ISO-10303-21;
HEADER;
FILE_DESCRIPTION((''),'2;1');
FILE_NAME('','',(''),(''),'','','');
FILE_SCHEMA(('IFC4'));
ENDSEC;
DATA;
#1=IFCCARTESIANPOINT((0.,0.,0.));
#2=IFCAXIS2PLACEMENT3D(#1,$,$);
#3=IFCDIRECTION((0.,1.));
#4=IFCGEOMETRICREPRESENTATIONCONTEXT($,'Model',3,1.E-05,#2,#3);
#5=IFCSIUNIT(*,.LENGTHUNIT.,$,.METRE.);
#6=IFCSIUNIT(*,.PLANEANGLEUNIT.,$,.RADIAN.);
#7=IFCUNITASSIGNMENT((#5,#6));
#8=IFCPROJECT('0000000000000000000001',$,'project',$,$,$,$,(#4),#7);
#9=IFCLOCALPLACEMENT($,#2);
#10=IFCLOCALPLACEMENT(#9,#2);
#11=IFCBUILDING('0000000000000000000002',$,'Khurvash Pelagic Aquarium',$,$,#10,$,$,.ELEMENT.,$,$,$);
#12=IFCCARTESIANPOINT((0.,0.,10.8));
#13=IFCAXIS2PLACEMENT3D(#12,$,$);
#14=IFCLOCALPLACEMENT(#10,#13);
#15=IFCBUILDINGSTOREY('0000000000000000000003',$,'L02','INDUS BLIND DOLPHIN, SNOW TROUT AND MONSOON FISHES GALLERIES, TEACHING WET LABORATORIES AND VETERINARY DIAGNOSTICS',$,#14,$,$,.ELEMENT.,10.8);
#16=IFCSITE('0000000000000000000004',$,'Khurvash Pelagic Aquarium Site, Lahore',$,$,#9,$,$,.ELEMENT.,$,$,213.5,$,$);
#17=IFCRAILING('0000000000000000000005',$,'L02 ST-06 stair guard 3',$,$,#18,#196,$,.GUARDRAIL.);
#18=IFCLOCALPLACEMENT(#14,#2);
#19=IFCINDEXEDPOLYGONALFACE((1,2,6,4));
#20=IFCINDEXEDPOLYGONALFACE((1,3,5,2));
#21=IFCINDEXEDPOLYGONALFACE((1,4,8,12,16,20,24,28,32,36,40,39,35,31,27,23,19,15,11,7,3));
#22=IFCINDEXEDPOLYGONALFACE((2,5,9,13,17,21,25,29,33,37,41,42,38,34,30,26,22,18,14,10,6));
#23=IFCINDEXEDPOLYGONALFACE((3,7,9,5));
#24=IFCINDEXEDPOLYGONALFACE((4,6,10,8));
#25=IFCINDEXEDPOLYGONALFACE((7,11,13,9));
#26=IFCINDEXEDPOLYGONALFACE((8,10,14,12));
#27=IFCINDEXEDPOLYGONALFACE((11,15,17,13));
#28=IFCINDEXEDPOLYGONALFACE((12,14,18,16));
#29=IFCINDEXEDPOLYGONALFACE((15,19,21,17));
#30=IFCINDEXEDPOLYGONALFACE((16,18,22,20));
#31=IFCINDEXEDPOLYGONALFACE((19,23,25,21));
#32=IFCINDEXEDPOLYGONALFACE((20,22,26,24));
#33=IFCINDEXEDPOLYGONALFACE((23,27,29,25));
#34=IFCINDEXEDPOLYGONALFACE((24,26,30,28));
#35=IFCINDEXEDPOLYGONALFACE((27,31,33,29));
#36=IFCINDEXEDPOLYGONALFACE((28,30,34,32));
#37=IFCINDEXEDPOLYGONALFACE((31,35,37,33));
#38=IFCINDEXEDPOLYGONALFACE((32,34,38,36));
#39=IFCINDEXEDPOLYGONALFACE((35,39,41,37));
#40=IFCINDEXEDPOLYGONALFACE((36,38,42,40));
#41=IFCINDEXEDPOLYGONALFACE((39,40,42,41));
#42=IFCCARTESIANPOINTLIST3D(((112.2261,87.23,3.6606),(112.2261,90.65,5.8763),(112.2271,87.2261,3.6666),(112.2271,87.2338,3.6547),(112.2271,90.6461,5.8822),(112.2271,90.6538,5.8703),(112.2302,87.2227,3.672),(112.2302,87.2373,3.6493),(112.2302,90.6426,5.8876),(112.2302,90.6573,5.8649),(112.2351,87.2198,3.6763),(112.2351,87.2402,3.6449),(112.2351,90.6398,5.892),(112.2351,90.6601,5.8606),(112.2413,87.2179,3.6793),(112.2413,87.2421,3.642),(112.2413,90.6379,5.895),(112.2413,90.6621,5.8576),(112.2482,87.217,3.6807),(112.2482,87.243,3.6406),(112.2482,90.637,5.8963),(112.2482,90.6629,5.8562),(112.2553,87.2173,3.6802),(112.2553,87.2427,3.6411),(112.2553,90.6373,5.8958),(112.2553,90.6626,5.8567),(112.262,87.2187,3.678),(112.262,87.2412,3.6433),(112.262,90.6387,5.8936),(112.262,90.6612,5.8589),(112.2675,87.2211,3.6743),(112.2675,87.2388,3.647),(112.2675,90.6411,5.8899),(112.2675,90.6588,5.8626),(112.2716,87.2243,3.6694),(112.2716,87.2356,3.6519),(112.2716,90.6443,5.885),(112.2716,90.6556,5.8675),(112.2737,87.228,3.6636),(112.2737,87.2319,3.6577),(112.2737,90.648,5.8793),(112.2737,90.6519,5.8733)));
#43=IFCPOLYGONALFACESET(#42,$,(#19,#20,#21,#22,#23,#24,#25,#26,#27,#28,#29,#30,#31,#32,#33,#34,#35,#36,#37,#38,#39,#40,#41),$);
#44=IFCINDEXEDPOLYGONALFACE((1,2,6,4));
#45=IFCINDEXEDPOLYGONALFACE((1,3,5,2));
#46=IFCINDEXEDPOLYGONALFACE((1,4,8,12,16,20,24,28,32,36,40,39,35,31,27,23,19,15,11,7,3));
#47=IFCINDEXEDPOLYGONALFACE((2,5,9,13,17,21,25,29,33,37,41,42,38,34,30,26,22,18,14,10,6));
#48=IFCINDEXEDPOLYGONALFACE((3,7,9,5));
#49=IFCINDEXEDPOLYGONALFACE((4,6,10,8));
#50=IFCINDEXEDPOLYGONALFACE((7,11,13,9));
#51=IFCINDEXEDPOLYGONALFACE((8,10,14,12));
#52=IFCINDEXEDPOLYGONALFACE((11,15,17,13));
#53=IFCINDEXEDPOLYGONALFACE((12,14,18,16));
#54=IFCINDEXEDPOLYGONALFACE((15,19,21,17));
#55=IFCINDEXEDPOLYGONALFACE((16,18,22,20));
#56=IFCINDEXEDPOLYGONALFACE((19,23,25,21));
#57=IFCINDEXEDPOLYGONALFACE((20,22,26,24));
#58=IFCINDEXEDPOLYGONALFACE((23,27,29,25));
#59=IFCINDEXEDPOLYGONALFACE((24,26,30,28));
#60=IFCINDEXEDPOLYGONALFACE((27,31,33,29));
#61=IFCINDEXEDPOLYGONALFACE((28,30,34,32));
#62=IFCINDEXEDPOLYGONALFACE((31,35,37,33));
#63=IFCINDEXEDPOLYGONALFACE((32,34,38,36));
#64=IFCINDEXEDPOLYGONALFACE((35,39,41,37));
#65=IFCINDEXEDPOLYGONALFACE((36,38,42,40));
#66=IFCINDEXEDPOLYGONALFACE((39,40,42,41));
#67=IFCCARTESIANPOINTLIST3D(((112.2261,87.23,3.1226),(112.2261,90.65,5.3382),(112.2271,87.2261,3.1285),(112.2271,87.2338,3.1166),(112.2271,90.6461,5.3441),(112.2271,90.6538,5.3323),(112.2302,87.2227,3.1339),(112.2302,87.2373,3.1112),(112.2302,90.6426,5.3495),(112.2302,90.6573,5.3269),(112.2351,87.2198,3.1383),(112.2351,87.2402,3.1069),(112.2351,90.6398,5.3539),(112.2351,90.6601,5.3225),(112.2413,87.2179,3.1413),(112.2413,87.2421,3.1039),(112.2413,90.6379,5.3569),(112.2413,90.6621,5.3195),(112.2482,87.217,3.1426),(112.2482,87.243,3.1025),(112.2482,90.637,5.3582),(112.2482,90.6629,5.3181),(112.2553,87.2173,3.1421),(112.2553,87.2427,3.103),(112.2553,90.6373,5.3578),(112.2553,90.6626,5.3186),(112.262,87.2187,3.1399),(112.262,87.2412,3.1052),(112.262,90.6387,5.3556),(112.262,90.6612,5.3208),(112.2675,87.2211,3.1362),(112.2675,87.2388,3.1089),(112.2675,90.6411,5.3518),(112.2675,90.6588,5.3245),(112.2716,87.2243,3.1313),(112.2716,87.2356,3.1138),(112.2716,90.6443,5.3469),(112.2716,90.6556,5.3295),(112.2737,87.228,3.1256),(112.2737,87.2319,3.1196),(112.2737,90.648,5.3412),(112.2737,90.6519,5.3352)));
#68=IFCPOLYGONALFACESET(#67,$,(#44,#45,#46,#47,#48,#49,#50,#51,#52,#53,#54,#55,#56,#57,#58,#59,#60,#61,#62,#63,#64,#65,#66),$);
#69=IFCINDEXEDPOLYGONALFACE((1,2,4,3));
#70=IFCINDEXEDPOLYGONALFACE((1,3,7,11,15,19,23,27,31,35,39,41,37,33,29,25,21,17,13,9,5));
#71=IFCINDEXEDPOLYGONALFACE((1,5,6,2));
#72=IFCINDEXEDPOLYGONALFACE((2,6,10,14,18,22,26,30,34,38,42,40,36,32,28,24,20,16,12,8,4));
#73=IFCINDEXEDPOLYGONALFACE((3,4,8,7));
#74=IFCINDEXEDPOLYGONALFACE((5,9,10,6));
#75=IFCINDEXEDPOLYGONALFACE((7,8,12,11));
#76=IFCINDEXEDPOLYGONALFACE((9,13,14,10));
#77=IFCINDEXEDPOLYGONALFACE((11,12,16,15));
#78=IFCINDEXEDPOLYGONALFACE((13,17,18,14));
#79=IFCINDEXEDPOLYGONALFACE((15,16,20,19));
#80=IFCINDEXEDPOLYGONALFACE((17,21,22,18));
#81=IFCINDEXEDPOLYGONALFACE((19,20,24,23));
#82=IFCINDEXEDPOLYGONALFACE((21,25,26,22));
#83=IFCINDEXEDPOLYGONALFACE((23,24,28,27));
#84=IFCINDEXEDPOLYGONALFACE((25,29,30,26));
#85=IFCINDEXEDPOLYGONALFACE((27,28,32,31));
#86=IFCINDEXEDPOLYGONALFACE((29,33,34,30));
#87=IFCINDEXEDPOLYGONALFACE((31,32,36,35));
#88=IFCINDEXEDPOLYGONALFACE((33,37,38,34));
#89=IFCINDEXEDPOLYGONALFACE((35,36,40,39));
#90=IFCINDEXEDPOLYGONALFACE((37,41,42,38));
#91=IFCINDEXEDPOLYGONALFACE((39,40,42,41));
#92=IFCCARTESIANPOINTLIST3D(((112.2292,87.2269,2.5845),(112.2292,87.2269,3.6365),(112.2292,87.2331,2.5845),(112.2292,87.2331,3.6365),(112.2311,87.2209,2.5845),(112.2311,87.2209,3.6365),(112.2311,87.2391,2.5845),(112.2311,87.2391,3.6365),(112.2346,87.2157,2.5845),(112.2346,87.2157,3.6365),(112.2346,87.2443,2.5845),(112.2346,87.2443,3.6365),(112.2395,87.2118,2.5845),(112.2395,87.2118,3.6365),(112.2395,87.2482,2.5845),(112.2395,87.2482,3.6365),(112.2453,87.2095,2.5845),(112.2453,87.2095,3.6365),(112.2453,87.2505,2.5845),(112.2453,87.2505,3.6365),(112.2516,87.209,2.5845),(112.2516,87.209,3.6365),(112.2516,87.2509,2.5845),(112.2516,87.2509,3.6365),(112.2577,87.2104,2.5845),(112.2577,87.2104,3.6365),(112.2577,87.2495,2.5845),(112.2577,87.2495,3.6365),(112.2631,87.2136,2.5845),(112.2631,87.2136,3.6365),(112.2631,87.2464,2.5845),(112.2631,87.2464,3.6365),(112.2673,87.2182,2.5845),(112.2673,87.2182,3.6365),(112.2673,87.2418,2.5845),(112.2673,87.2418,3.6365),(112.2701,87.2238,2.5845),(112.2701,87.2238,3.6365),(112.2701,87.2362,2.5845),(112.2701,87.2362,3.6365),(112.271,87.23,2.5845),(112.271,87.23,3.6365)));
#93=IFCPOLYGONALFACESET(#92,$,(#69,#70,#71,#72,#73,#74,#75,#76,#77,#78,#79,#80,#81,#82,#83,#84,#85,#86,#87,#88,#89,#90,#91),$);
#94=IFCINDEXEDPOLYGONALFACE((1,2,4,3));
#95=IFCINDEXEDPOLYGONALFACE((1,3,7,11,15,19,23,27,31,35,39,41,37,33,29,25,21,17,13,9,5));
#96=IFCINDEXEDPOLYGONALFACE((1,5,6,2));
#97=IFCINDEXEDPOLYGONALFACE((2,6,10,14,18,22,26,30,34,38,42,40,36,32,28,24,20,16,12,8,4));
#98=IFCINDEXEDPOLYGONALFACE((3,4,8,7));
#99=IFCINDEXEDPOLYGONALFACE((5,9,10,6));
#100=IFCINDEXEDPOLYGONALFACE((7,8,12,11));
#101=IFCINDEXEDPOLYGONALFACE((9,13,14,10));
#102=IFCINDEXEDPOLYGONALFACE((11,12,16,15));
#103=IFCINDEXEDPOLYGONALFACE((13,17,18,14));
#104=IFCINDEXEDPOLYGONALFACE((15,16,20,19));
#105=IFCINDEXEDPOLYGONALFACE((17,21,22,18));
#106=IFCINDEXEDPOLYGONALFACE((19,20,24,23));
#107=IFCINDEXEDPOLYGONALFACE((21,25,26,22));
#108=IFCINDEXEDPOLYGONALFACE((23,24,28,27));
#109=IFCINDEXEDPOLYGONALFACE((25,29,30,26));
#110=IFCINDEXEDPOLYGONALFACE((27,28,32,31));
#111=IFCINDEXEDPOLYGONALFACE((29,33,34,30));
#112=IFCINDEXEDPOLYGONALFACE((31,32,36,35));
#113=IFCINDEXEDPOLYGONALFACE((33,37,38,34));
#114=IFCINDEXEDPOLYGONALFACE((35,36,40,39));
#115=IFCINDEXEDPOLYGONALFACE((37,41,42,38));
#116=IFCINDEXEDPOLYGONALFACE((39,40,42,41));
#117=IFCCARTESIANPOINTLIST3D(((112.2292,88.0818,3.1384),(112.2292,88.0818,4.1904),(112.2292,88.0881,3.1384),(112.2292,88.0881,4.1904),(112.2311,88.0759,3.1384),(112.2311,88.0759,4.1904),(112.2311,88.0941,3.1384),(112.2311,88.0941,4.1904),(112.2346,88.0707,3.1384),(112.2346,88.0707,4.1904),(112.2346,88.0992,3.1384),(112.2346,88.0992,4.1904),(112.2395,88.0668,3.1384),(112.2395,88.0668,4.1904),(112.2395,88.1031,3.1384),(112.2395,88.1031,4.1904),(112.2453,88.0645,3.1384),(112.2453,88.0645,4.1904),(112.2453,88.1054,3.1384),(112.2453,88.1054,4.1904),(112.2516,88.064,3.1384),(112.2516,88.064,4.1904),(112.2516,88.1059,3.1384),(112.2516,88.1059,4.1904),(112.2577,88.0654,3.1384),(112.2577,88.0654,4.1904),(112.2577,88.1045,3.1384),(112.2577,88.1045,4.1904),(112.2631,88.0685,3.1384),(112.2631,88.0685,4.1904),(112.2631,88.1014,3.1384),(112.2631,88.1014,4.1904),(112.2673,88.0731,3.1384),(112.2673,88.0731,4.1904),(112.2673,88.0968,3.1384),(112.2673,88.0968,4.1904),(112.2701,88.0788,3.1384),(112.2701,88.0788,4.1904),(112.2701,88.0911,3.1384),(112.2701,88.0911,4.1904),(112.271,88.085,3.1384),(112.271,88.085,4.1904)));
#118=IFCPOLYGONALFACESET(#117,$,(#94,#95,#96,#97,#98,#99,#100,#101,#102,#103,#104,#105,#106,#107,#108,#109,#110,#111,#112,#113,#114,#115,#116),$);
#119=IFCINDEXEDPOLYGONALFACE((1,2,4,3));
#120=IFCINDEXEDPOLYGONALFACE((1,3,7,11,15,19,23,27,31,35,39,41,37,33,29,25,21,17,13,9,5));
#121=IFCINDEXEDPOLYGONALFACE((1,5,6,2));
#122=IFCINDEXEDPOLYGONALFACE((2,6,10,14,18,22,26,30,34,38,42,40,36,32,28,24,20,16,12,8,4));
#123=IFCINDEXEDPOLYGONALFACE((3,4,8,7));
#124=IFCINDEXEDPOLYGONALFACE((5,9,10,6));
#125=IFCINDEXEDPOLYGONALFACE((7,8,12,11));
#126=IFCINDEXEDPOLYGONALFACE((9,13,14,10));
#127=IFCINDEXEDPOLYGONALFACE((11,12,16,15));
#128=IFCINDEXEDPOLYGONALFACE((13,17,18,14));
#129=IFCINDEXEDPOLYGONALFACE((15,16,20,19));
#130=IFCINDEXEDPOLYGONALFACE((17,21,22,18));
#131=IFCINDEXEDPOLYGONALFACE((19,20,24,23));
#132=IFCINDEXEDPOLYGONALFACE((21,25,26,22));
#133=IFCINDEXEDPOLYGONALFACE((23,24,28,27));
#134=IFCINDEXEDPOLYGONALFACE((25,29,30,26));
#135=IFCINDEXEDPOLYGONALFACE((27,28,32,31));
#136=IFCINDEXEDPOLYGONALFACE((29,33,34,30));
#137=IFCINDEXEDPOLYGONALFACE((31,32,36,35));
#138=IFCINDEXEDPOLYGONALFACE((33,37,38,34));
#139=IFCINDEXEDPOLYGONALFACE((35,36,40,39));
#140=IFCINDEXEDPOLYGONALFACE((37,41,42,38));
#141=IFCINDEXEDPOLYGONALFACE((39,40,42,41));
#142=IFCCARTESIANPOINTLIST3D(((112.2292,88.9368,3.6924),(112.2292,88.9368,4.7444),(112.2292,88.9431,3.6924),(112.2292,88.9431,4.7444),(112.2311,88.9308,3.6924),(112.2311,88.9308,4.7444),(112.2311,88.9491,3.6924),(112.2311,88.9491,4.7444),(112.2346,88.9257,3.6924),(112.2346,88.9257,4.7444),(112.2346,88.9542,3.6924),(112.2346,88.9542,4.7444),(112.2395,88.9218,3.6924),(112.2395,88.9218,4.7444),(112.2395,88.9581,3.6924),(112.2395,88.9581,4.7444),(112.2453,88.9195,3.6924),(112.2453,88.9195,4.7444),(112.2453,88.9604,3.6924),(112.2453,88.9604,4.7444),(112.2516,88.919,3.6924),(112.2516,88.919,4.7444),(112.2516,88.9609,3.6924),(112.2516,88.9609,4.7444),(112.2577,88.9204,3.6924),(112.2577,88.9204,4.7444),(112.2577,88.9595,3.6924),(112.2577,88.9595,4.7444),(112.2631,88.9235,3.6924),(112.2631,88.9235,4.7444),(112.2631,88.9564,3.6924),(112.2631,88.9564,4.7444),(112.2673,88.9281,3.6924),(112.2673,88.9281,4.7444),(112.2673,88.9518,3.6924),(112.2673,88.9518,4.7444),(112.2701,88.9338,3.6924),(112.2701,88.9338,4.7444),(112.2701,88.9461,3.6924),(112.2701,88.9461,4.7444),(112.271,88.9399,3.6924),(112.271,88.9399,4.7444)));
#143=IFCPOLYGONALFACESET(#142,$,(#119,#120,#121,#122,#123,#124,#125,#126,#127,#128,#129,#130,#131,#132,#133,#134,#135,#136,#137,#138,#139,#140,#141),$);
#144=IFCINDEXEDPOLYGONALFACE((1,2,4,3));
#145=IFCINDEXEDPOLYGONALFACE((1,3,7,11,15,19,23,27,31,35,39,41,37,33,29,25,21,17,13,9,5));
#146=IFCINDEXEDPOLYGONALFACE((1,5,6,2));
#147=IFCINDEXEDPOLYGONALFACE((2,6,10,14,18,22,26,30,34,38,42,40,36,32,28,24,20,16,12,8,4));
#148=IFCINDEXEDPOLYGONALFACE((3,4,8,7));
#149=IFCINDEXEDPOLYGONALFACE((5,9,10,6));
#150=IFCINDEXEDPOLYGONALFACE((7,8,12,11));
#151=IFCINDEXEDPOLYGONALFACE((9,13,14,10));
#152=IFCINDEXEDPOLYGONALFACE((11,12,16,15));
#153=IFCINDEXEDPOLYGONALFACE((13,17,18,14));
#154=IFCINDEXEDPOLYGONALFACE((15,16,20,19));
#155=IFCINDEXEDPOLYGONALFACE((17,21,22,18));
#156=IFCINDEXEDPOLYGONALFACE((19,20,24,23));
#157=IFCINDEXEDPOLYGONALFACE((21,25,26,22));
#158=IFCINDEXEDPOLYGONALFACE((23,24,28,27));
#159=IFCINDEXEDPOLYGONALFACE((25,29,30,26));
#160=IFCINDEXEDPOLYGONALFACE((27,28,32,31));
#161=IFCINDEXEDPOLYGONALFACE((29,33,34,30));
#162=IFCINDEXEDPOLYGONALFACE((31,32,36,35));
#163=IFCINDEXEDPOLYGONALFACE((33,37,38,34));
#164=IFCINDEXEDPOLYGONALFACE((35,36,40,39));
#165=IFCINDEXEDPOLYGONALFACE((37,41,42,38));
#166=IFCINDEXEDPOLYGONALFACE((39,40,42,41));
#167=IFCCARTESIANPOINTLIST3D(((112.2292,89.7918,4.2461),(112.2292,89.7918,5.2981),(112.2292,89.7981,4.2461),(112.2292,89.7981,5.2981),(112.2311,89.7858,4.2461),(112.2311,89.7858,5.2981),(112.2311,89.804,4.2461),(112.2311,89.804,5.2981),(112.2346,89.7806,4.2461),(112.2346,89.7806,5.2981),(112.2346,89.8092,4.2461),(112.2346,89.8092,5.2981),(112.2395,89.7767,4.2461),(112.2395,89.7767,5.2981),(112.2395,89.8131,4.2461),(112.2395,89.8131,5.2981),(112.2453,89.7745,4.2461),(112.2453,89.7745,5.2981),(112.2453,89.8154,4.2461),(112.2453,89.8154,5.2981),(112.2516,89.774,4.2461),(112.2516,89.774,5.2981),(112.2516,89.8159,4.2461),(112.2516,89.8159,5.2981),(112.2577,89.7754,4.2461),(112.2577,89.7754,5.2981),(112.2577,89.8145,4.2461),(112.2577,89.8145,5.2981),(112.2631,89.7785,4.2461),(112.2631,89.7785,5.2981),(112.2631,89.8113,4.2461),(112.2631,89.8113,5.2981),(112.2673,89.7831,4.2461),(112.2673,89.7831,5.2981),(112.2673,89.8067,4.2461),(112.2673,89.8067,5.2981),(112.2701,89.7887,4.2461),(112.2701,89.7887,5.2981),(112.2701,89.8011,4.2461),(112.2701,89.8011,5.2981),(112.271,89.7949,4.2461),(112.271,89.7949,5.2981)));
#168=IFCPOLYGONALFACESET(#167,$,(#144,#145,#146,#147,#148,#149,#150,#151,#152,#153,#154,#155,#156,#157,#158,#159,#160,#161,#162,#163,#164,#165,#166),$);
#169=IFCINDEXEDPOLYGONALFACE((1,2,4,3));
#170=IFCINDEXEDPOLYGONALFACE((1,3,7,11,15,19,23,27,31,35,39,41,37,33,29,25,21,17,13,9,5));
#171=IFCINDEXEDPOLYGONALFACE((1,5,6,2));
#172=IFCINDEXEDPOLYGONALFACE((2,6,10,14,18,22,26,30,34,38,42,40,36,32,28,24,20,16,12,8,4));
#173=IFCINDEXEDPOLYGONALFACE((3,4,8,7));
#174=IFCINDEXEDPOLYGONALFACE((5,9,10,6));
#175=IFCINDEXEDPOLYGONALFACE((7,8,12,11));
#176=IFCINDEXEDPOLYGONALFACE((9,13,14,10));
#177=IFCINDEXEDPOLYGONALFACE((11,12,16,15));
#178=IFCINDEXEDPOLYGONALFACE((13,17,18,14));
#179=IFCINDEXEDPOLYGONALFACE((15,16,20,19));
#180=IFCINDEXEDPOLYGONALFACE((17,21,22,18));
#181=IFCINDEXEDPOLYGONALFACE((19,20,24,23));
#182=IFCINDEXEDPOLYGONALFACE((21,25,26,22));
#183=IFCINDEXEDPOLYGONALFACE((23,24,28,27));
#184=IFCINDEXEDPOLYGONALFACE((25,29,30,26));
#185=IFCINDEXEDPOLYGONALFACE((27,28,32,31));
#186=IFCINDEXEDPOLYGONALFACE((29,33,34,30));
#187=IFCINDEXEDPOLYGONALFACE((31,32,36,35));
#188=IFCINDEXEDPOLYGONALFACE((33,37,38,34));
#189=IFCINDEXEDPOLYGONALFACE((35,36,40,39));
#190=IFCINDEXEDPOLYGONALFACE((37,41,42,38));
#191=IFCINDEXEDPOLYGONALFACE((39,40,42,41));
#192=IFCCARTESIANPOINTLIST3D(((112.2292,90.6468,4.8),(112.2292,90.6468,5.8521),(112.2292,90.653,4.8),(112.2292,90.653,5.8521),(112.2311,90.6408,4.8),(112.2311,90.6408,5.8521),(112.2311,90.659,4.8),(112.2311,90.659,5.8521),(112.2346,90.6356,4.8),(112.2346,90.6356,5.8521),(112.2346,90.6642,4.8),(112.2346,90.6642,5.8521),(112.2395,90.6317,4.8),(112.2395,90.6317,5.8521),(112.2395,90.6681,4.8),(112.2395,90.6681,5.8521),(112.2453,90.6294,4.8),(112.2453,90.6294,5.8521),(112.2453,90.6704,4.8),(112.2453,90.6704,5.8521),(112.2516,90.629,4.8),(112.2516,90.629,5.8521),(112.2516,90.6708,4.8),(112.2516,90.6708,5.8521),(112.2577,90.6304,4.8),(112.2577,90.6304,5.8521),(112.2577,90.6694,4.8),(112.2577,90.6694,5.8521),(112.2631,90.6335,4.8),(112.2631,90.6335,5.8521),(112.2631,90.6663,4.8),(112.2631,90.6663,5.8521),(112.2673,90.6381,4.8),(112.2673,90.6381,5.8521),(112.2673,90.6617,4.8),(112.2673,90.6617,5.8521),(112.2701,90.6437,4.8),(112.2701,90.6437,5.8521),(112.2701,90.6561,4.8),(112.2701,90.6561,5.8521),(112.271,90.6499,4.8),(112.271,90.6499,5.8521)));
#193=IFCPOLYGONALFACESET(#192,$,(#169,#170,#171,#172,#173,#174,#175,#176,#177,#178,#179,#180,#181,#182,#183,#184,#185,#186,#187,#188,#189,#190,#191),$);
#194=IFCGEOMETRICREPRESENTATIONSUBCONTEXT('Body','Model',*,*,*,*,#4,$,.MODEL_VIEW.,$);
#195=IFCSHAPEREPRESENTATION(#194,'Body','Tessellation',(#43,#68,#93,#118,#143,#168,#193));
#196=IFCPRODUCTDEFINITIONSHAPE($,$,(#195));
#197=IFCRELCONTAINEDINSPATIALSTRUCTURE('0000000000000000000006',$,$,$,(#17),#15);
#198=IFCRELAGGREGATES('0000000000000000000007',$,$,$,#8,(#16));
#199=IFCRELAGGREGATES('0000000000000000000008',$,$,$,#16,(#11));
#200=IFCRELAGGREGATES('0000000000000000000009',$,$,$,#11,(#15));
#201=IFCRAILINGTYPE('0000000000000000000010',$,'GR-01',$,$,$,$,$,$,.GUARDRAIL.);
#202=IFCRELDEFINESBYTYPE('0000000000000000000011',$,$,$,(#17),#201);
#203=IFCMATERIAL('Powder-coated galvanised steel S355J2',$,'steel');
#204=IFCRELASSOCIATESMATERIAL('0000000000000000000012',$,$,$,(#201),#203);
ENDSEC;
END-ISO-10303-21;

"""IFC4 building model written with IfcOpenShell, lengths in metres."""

from ifc_helpers import new_model, si_unit, direction, frame, origin, origin_2d, place, context, subcontext, project, spatial, circle, extrude, material, type_object, element, save


model = new_model("IFC4")

# Units and contexts
model_context = context("Model", 3, precision=1e-05, world=origin(), true_north=direction((0.0, 1.0)))
body_context = subcontext(model_context, "Body", "Model", "MODEL_VIEW")
ifc_project = project(units=[si_unit("LENGTHUNIT", "METRE"), si_unit("PLANEANGLEUNIT", "RADIAN")], contexts=[model_context])

# Site, building, storey
site_placement = place(None, origin())
site = spatial("IfcSite", under=ifc_project, at=site_placement, Name="Khurvash Pelagic Aquarium Site, Lahore", CompositionType="ELEMENT", RefElevation=213.5)
building_placement = place(site_placement, origin())
building = spatial("IfcBuilding", under=site, at=building_placement, Name="Khurvash Pelagic Aquarium", CompositionType="ELEMENT")
storey_placement = place(building_placement, frame((0.0, 0.0, 10.8)))
storey = spatial("IfcBuildingStorey", under=building, at=storey_placement, Name="L02", Description="INDUS BLIND DOLPHIN, SNOW TROUT AND MONSOON FISHES GALLERIES, TEACHING WET LABORATORIES AND VETERINARY DIAGNOSTICS", CompositionType="ELEMENT", Elevation=10.8)

# Railing
ifc_material_1 = material(Name="Powder-coated galvanised steel S355J2", Category="steel")
railing_type_1 = type_object("IfcRailingType", Name="GR-01", PredefinedType="GUARDRAIL", material=ifc_material_1)
railing_1_placement = place(storey_placement, frame((112.25, 87.23, 2.5845)))
element("IfcRailing", 1, at=railing_1_placement, inside=storey, type_object=railing_type_1, Name="L02 ST-06 stair guard 3", PredefinedType="GUARDRAIL", context=body_context, shape_type="SweptSolid", body=[
    extrude(circle(Radius=0.0239, at=origin_2d()), frame((0.0, 0.0, 1.0762), z_axis=(0.0, 0.839269, 0.543716), x_axis=(-1.0, 0.0, 0.0)), (0.0, 0.0, 1.0), 4.075),
    extrude(circle(Radius=0.0239, at=origin_2d()), frame((0.0, 0.0, 0.5381), z_axis=(0.0, 0.839269, 0.543716), x_axis=(-1.0, 0.0, 0.0)), (0.0, 0.0, 1.0), 4.075),
    extrude(circle(Radius=0.021, at=origin_2d()), origin(), (0.0, 0.0, 1.0), 1.052),
    extrude(circle(Radius=0.021, at=origin_2d()), frame((0.0, 0.855, 0.554)), (0.0, 0.0, 1.0), 1.052),
    extrude(circle(Radius=0.021, at=origin_2d()), frame((0.0, 1.71, 1.1079)), (0.0, 0.0, 1.0), 1.052),
    extrude(circle(Radius=0.021, at=origin_2d()), frame((0.0, 2.5649, 1.6616)), (0.0, 0.0, 1.0), 1.052),
    extrude(circle(Radius=0.021, at=origin_2d()), frame((0.0, 3.4199, 2.2156)), (0.0, 0.0, 1.0), 1.052),
])

save(model, "model.ifc")
